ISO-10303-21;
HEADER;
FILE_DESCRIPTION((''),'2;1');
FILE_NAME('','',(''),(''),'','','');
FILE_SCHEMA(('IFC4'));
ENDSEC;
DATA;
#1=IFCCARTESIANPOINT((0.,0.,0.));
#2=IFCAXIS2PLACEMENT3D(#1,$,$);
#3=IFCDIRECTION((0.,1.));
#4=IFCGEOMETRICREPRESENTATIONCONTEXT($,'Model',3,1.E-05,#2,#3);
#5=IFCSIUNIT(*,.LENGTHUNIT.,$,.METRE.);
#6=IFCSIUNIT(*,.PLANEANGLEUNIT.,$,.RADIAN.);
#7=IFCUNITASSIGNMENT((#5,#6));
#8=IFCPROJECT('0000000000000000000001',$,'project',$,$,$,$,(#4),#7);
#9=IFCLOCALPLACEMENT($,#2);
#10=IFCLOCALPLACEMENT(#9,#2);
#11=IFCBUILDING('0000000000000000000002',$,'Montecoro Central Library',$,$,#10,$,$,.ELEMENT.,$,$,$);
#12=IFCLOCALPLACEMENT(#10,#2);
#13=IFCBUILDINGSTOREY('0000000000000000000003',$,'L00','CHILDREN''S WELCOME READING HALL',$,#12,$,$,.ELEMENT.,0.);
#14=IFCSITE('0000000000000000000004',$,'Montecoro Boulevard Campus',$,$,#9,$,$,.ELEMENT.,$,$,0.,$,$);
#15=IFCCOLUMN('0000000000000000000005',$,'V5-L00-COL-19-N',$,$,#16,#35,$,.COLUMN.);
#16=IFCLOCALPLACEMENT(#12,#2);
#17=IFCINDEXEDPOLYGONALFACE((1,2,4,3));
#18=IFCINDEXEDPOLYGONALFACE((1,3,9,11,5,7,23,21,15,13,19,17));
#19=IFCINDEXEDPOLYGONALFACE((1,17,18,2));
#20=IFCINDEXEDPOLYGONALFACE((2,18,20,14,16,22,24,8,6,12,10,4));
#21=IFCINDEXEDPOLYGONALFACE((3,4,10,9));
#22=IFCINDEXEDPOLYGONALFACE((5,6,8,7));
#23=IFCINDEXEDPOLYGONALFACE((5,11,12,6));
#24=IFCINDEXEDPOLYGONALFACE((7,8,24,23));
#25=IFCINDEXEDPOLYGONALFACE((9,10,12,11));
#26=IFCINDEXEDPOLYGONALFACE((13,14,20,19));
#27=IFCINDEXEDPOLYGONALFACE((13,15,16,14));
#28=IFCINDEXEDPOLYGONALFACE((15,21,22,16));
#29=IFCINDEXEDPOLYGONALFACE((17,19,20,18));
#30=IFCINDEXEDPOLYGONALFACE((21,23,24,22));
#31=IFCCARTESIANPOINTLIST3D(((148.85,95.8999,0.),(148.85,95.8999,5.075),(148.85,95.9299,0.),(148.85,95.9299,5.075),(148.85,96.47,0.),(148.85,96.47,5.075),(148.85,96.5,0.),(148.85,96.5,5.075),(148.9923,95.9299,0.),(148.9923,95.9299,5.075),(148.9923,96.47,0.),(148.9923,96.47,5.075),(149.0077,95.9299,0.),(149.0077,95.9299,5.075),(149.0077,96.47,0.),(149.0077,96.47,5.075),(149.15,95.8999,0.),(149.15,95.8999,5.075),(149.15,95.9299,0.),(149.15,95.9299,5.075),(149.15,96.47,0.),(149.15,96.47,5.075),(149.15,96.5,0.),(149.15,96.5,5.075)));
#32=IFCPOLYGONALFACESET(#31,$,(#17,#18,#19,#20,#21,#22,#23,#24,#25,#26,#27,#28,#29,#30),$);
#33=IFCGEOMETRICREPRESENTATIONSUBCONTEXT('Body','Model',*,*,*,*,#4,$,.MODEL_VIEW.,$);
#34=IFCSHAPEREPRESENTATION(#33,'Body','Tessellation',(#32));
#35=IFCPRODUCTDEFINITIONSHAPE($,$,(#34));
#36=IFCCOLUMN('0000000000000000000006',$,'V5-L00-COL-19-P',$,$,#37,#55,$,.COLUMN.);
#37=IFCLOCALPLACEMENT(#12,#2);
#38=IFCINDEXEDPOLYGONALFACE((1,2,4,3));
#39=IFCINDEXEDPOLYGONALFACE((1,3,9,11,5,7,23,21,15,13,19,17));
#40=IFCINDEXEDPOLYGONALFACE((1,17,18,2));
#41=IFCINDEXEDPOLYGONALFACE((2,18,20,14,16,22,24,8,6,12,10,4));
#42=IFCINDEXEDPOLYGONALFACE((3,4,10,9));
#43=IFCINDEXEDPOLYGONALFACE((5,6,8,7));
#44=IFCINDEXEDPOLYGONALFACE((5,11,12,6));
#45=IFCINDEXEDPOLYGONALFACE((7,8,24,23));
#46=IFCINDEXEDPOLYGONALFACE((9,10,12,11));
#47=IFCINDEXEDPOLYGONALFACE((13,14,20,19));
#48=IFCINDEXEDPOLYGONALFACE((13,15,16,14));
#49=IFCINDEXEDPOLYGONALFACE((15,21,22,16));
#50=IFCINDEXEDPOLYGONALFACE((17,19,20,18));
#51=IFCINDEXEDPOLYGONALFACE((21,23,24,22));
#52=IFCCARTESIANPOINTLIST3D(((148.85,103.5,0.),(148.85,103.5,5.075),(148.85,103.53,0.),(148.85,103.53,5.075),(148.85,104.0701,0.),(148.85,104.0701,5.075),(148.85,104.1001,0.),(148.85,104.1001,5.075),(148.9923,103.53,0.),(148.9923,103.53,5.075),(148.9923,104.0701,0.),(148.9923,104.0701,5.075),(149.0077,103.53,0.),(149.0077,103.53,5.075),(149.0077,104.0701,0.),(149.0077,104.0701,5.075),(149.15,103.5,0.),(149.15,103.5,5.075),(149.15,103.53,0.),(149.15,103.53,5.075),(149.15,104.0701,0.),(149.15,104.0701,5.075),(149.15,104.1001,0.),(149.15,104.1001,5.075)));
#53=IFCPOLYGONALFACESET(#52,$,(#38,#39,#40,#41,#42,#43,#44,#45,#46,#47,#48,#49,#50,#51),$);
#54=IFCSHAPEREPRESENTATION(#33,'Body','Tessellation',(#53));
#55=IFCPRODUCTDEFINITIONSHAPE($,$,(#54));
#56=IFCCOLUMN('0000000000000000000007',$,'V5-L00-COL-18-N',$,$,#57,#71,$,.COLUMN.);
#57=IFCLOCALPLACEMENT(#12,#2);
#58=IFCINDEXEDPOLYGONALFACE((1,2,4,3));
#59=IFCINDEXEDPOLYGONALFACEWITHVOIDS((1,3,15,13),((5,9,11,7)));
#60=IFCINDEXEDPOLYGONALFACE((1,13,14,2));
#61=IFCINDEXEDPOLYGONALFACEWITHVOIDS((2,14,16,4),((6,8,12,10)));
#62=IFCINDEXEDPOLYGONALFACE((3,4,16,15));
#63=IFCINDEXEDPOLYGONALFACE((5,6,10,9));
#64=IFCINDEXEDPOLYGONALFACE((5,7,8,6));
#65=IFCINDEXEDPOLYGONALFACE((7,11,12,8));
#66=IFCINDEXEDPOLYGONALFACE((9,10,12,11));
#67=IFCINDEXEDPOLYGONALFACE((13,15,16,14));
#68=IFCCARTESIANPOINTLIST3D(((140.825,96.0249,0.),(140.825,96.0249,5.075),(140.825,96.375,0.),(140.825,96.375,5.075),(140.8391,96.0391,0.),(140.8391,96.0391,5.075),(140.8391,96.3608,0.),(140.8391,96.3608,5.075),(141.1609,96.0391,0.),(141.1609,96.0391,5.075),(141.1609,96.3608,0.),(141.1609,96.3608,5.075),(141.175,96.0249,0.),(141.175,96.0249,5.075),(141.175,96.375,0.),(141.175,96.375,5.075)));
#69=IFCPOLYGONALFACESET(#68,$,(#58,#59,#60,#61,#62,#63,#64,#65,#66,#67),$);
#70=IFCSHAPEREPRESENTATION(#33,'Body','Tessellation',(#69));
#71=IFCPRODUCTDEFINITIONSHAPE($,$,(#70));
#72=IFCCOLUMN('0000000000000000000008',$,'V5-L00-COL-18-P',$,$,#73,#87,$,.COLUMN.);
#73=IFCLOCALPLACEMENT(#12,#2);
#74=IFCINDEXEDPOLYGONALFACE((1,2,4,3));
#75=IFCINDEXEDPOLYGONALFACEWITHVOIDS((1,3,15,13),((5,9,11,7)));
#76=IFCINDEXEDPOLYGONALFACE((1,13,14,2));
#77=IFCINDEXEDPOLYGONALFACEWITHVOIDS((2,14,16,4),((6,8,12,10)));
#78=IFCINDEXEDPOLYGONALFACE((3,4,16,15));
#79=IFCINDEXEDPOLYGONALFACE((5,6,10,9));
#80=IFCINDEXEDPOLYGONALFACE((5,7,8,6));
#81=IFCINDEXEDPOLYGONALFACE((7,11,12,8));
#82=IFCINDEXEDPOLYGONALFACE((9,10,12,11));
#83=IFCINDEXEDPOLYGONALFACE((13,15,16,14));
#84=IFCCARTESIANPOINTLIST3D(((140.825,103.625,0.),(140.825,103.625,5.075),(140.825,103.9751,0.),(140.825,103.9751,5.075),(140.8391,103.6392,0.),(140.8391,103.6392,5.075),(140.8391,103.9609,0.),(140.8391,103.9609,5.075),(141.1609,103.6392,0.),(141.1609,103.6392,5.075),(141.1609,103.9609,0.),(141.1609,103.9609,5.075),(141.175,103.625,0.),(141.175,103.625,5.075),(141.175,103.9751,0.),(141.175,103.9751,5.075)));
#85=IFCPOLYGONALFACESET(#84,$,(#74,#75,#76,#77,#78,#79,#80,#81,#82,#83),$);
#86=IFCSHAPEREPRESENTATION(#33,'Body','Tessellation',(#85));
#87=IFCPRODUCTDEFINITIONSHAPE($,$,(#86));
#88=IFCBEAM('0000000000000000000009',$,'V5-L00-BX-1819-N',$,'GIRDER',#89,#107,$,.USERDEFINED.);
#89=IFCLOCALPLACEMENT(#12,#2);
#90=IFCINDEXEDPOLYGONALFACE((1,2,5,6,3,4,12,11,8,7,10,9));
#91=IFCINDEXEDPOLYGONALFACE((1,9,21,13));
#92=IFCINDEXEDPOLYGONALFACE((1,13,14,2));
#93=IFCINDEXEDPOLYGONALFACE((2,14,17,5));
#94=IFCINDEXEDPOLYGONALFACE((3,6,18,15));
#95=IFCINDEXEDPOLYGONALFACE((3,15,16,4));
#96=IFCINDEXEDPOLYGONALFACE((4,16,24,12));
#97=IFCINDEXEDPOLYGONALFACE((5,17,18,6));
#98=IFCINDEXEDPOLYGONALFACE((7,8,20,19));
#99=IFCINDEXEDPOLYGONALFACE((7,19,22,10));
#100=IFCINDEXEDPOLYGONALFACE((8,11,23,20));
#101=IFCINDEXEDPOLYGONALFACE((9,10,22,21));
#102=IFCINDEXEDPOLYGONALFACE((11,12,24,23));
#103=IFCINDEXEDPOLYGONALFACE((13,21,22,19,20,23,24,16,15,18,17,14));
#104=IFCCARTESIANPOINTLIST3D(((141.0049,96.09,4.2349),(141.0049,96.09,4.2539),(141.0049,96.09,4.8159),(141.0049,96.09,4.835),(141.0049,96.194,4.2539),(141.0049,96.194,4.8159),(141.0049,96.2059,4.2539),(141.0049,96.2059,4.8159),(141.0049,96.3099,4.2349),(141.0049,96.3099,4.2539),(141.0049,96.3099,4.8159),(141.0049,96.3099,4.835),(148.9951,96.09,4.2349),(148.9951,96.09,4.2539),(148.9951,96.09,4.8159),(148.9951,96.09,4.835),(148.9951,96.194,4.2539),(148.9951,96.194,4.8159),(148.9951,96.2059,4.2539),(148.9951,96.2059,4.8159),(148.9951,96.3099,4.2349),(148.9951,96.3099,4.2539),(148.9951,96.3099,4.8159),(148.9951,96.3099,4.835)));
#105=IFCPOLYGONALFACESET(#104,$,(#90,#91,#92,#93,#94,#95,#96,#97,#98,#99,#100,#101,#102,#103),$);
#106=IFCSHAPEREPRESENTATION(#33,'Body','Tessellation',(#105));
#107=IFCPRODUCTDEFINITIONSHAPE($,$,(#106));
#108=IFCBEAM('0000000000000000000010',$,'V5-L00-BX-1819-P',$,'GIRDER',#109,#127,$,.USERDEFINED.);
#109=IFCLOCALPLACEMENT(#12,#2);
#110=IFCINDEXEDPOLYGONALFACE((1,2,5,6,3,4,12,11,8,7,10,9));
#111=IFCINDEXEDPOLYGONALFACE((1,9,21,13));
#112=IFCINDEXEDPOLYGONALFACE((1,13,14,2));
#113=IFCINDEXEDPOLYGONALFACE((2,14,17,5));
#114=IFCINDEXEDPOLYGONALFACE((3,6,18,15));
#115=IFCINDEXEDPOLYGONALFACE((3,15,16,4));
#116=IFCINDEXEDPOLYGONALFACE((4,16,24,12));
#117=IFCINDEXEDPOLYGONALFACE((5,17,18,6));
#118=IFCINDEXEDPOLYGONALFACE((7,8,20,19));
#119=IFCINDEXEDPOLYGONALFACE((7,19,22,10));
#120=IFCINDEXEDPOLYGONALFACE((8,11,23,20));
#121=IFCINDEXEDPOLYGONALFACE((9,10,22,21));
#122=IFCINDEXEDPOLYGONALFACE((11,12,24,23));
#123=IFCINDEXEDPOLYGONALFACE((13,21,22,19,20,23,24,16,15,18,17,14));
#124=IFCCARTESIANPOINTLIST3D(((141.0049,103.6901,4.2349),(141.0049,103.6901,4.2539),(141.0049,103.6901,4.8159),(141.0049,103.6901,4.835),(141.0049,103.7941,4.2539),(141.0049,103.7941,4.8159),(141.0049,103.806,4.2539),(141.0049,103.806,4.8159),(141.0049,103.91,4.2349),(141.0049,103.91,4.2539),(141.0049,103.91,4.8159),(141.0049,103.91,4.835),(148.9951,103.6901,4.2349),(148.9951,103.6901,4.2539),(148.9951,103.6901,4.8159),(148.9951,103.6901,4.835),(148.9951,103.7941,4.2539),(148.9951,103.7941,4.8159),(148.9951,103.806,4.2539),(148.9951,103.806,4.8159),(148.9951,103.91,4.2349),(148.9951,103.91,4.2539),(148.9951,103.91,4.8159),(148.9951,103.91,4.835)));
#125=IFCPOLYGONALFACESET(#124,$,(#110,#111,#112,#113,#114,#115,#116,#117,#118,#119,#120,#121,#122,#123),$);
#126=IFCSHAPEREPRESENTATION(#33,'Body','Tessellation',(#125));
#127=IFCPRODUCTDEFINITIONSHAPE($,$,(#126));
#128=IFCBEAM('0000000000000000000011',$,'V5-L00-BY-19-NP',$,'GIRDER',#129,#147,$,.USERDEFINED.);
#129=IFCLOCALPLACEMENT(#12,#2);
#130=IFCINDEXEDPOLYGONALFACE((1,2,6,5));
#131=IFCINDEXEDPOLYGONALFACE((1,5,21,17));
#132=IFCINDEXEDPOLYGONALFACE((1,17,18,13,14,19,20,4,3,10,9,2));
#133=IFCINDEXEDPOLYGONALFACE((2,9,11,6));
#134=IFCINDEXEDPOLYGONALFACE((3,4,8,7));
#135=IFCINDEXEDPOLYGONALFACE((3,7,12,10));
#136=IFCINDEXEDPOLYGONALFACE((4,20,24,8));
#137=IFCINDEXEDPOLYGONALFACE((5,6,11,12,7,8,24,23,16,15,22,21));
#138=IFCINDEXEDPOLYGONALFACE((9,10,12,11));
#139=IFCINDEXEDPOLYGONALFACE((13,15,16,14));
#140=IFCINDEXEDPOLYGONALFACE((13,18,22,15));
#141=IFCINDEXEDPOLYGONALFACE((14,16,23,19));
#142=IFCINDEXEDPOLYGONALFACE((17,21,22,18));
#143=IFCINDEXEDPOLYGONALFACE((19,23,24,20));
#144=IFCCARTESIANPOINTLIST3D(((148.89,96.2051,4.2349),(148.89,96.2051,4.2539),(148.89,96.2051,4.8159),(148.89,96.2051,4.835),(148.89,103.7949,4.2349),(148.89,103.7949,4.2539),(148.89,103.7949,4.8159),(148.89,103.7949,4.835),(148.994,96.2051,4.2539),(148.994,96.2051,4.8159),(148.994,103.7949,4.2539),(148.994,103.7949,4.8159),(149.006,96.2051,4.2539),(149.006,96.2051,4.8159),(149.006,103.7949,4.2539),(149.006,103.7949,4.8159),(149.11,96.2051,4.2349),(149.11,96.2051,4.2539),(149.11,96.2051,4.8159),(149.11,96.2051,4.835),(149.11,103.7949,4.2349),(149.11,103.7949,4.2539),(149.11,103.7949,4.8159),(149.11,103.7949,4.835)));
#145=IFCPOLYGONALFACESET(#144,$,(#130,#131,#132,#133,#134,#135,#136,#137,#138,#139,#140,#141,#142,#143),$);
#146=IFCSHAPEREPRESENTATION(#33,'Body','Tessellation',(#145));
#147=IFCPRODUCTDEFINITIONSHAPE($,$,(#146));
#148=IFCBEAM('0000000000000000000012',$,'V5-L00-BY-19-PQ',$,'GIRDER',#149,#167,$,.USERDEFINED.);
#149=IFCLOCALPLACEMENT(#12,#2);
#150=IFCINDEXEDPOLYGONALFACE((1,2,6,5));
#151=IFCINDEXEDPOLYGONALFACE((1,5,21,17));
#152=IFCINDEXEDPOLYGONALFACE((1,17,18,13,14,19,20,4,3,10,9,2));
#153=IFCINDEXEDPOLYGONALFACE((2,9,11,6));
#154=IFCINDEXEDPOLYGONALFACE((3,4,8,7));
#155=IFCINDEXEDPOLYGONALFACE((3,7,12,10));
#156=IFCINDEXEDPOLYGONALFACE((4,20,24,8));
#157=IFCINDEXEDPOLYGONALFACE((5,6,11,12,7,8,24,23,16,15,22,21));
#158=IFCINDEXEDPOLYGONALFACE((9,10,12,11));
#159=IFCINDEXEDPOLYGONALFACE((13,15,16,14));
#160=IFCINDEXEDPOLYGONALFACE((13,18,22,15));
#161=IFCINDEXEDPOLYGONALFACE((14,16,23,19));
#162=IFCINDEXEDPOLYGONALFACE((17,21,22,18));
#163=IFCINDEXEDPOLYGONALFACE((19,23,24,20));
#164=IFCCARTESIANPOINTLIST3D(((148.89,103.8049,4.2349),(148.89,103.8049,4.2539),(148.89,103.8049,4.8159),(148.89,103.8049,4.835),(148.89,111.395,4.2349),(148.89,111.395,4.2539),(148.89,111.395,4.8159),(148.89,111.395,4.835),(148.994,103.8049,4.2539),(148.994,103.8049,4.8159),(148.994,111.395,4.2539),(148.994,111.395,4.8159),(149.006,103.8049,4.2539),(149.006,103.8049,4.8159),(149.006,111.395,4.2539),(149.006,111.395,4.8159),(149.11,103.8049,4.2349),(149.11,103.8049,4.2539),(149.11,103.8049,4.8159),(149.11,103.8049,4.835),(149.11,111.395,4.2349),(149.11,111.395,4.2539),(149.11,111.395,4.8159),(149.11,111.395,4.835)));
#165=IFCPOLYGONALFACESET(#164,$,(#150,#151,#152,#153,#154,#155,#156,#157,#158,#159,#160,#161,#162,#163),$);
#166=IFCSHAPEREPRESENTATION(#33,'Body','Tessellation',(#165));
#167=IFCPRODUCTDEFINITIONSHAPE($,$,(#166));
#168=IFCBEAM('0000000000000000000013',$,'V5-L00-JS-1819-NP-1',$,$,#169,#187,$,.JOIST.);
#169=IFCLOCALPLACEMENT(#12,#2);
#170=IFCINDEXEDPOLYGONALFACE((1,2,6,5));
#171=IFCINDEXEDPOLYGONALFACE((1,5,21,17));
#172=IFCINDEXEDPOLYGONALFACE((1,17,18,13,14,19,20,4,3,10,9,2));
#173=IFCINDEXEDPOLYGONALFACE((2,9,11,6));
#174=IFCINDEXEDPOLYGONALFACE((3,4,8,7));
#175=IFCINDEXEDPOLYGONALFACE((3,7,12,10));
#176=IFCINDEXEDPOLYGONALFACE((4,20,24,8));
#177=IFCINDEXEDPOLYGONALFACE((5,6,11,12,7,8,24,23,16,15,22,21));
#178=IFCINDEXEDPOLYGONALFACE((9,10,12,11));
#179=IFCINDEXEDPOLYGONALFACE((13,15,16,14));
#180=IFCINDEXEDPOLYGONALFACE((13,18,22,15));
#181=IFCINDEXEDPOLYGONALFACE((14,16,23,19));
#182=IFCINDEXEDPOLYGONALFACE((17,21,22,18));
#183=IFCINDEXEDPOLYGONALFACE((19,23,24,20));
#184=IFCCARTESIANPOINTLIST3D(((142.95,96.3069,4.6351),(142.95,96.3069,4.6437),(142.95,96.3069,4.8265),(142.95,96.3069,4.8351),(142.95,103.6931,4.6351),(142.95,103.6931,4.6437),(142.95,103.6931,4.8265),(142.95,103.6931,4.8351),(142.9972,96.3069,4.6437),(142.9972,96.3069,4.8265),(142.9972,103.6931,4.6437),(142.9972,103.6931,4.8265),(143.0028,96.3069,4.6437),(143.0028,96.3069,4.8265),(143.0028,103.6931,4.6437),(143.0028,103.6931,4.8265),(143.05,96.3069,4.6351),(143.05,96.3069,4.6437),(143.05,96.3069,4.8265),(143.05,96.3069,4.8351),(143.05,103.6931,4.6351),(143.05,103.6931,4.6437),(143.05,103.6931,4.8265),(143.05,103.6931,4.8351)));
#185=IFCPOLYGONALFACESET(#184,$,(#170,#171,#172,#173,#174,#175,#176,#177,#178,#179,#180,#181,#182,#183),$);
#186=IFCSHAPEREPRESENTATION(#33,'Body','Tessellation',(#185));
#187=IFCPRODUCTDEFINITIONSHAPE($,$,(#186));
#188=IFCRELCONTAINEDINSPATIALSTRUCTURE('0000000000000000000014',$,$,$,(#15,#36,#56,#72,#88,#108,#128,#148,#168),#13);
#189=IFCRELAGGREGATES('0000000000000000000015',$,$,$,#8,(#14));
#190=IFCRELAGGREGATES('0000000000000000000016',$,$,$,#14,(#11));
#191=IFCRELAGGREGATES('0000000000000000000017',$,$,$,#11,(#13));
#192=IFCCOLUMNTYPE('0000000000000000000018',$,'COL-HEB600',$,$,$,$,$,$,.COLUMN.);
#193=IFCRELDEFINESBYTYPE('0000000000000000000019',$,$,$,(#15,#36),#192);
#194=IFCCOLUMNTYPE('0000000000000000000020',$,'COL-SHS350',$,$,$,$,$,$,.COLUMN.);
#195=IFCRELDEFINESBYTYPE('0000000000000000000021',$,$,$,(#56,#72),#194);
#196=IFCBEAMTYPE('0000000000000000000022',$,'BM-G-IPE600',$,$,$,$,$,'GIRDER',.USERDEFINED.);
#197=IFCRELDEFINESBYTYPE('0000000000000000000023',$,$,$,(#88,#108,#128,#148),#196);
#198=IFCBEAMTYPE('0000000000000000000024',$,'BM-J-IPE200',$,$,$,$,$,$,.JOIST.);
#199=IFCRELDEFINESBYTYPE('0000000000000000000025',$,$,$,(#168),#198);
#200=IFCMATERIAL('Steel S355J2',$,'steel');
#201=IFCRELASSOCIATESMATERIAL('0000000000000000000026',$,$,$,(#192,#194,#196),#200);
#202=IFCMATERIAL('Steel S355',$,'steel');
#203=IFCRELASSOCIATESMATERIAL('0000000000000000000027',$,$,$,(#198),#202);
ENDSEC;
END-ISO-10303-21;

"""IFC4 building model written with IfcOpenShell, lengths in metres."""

from ifc_helpers import new_model, si_unit, direction, frame, origin, origin_2d, place, context, subcontext, project, spatial, hollow_rectangle, i_section, extrude, material, material_profile, profile_set, type_object, element, save


model = new_model("IFC4")

# Units and contexts
model_context = context("Model", 3, precision=1e-05, world=origin(), true_north=direction((0.0, 1.0)))
body_context = subcontext(model_context, "Body", "Model", "MODEL_VIEW")
ifc_project = project(units=[si_unit("LENGTHUNIT", "METRE"), si_unit("PLANEANGLEUNIT", "RADIAN")], contexts=[model_context])

# Site, building, storey
site_placement = place(None, origin())
site = spatial("IfcSite", under=ifc_project, at=site_placement, Name="Montecoro Boulevard Campus", CompositionType="ELEMENT", RefElevation=0.0)
building_placement = place(site_placement, origin())
building = spatial("IfcBuilding", under=site, at=building_placement, Name="Montecoro Central Library", CompositionType="ELEMENT")
storey_placement = place(building_placement, origin())
storey = spatial("IfcBuildingStorey", under=building, at=storey_placement, Name="L00", Description="CHILDREN'S WELCOME READING HALL", CompositionType="ELEMENT", Elevation=0.0)

# Columns
ifc_material_1 = material(Name="Steel S355J2", Category="steel")
ifc_material_profile_1 = material_profile(ifc_material_1, i_section(OverallWidth=0.3, OverallDepth=0.6001, WebThickness=0.0154, FlangeThickness=0.03, at=origin_2d()), Name="HEB 600")
ifc_profile_set_1 = profile_set([ifc_material_profile_1], Name="Steel S355J2")
column_type_1 = type_object("IfcColumnType", Name="COL-HEB600", PredefinedType="COLUMN", material=ifc_profile_set_1)
for number, where, z_axis, x_axis, name in (
    (1, (149.0, 96.2, 0.0), (0.0, 0.0, 1.0), (1.0, 0.0, 0.0), "V5-L00-COL-19-N"),
    (2, (149.0, 103.8, 0.0), (0.0, 0.0, 1.0), (1.0, 0.0, 0.0), "V5-L00-COL-19-P"),
):
    element("IfcColumn", number, at=place(storey_placement, frame(where, z_axis=z_axis, x_axis=x_axis)), inside=storey, type_object=column_type_1, Name=name, PredefinedType="COLUMN", context=body_context, shape_type="SweptSolid", body=[
        extrude(i_section(OverallWidth=0.3, OverallDepth=0.6001, WebThickness=0.0154, FlangeThickness=0.03, at=origin_2d()), origin(), (0.0, 0.0, 1.0), 5.075),
    ])
ifc_material_profile_2 = material_profile(ifc_material_1, hollow_rectangle(XDim=0.3501, YDim=0.3501, WallThickness=0.0142, at=origin_2d()), Name="SHS 350x350x14.2")
ifc_profile_set_2 = profile_set([ifc_material_profile_2], Name="Steel S355J2")
column_type_2 = type_object("IfcColumnType", Name="COL-SHS350", PredefinedType="COLUMN", material=ifc_profile_set_2)
for number, where, z_axis, x_axis, name in (
    (3, (141.0, 96.2, 0.0), (0.0, 0.0, 1.0), (1.0, 0.0, 0.0), "V5-L00-COL-18-N"),
    (4, (141.0, 103.8, 0.0), (0.0, 0.0, 1.0), (1.0, 0.0, 0.0), "V5-L00-COL-18-P"),
):
    element("IfcColumn", number, at=place(storey_placement, frame(where, z_axis=z_axis, x_axis=x_axis)), inside=storey, type_object=column_type_2, Name=name, PredefinedType="COLUMN", context=body_context, shape_type="SweptSolid", body=[
        extrude(hollow_rectangle(XDim=0.3501, YDim=0.3501, WallThickness=0.0142, at=origin_2d()), origin(), (0.0, 0.0, 1.0), 5.075),
    ])

# Beams
ifc_material_profile_3 = material_profile(ifc_material_1, i_section(OverallWidth=0.22, OverallDepth=0.6001, WebThickness=0.012, FlangeThickness=0.019, at=origin_2d()), Name="IPE 600")
ifc_profile_set_3 = profile_set([ifc_material_profile_3], Name="Steel S355J2")
beam_type_1 = type_object("IfcBeamType", Name="BM-G-IPE600", ElementType="GIRDER", PredefinedType="USERDEFINED", material=ifc_profile_set_3)
for number, where, z_axis, x_axis, name in (
    (5, (141.0049, 96.2, 4.5349), (1.0, 0.0, 0.0), (0.0, 1.0, 0.0), "V5-L00-BX-1819-N"),
    (6, (141.0049, 103.8, 4.5349), (1.0, 0.0, 0.0), (0.0, 1.0, 0.0), "V5-L00-BX-1819-P"),
):
    element("IfcBeam", number, at=place(storey_placement, frame(where, z_axis=z_axis, x_axis=x_axis)), inside=storey, type_object=beam_type_1, Name=name, ObjectType="GIRDER", PredefinedType="USERDEFINED", context=body_context, shape_type="SweptSolid", body=[
        extrude(i_section(OverallWidth=0.22, OverallDepth=0.6001, WebThickness=0.012, FlangeThickness=0.019, at=origin_2d()), origin(), (0.0, 0.0, 1.0), 7.9902),
    ])
beam_1_placement = place(storey_placement, frame((149.0, 96.2051, 4.5349), z_axis=(0.0, 1.0, 0.0), x_axis=(-1.0, 0.0, 0.0)))
element("IfcBeam", 7, at=beam_1_placement, inside=storey, type_object=beam_type_1, Name="V5-L00-BY-19-NP", ObjectType="GIRDER", PredefinedType="USERDEFINED", context=body_context, shape_type="SweptSolid", body=[
    extrude(i_section(OverallWidth=0.22, OverallDepth=0.6001, WebThickness=0.012, FlangeThickness=0.019, at=origin_2d()), origin(), (0.0, 0.0, 1.0), 7.5898),
])
beam_2_placement = place(storey_placement, frame((149.0, 103.8049, 4.5349), z_axis=(0.0, 1.0, 0.0), x_axis=(-1.0, 0.0, 0.0)))
element("IfcBeam", 8, at=beam_2_placement, inside=storey, type_object=beam_type_1, Name="V5-L00-BY-19-PQ", ObjectType="GIRDER", PredefinedType="USERDEFINED", context=body_context, shape_type="SweptSolid", body=[
    extrude(i_section(OverallWidth=0.22, OverallDepth=0.6001, WebThickness=0.012, FlangeThickness=0.019, at=origin_2d()), origin(), (0.0, 0.0, 1.0), 7.5901),
])
ifc_material_2 = material(Name="Steel S355", Category="steel")
ifc_material_profile_4 = material_profile(ifc_material_2, i_section(OverallWidth=0.1001, OverallDepth=0.2, WebThickness=0.0056, FlangeThickness=0.0085, at=origin_2d()), Name="IPE 200")
ifc_profile_set_4 = profile_set([ifc_material_profile_4], Name="Steel S355")
beam_type_2 = type_object("IfcBeamType", Name="BM-J-IPE200", PredefinedType="JOIST", material=ifc_profile_set_4)
for number, where, z_axis, x_axis, name in (
    (9, (143.0, 96.3069, 4.7351), (0.0, 1.0, 0.0), (-1.0, 0.0, 0.0), "V5-L00-JS-1819-NP-1"),
):
    element("IfcBeam", number, at=place(storey_placement, frame(where, z_axis=z_axis, x_axis=x_axis)), inside=storey, type_object=beam_type_2, Name=name, PredefinedType="JOIST", context=body_context, shape_type="SweptSolid", body=[
        extrude(i_section(OverallWidth=0.1001, OverallDepth=0.2, WebThickness=0.0056, FlangeThickness=0.0085, at=origin_2d()), origin(), (0.0, 0.0, 1.0), 7.3862),
    ])

save(model, "model.ifc")
